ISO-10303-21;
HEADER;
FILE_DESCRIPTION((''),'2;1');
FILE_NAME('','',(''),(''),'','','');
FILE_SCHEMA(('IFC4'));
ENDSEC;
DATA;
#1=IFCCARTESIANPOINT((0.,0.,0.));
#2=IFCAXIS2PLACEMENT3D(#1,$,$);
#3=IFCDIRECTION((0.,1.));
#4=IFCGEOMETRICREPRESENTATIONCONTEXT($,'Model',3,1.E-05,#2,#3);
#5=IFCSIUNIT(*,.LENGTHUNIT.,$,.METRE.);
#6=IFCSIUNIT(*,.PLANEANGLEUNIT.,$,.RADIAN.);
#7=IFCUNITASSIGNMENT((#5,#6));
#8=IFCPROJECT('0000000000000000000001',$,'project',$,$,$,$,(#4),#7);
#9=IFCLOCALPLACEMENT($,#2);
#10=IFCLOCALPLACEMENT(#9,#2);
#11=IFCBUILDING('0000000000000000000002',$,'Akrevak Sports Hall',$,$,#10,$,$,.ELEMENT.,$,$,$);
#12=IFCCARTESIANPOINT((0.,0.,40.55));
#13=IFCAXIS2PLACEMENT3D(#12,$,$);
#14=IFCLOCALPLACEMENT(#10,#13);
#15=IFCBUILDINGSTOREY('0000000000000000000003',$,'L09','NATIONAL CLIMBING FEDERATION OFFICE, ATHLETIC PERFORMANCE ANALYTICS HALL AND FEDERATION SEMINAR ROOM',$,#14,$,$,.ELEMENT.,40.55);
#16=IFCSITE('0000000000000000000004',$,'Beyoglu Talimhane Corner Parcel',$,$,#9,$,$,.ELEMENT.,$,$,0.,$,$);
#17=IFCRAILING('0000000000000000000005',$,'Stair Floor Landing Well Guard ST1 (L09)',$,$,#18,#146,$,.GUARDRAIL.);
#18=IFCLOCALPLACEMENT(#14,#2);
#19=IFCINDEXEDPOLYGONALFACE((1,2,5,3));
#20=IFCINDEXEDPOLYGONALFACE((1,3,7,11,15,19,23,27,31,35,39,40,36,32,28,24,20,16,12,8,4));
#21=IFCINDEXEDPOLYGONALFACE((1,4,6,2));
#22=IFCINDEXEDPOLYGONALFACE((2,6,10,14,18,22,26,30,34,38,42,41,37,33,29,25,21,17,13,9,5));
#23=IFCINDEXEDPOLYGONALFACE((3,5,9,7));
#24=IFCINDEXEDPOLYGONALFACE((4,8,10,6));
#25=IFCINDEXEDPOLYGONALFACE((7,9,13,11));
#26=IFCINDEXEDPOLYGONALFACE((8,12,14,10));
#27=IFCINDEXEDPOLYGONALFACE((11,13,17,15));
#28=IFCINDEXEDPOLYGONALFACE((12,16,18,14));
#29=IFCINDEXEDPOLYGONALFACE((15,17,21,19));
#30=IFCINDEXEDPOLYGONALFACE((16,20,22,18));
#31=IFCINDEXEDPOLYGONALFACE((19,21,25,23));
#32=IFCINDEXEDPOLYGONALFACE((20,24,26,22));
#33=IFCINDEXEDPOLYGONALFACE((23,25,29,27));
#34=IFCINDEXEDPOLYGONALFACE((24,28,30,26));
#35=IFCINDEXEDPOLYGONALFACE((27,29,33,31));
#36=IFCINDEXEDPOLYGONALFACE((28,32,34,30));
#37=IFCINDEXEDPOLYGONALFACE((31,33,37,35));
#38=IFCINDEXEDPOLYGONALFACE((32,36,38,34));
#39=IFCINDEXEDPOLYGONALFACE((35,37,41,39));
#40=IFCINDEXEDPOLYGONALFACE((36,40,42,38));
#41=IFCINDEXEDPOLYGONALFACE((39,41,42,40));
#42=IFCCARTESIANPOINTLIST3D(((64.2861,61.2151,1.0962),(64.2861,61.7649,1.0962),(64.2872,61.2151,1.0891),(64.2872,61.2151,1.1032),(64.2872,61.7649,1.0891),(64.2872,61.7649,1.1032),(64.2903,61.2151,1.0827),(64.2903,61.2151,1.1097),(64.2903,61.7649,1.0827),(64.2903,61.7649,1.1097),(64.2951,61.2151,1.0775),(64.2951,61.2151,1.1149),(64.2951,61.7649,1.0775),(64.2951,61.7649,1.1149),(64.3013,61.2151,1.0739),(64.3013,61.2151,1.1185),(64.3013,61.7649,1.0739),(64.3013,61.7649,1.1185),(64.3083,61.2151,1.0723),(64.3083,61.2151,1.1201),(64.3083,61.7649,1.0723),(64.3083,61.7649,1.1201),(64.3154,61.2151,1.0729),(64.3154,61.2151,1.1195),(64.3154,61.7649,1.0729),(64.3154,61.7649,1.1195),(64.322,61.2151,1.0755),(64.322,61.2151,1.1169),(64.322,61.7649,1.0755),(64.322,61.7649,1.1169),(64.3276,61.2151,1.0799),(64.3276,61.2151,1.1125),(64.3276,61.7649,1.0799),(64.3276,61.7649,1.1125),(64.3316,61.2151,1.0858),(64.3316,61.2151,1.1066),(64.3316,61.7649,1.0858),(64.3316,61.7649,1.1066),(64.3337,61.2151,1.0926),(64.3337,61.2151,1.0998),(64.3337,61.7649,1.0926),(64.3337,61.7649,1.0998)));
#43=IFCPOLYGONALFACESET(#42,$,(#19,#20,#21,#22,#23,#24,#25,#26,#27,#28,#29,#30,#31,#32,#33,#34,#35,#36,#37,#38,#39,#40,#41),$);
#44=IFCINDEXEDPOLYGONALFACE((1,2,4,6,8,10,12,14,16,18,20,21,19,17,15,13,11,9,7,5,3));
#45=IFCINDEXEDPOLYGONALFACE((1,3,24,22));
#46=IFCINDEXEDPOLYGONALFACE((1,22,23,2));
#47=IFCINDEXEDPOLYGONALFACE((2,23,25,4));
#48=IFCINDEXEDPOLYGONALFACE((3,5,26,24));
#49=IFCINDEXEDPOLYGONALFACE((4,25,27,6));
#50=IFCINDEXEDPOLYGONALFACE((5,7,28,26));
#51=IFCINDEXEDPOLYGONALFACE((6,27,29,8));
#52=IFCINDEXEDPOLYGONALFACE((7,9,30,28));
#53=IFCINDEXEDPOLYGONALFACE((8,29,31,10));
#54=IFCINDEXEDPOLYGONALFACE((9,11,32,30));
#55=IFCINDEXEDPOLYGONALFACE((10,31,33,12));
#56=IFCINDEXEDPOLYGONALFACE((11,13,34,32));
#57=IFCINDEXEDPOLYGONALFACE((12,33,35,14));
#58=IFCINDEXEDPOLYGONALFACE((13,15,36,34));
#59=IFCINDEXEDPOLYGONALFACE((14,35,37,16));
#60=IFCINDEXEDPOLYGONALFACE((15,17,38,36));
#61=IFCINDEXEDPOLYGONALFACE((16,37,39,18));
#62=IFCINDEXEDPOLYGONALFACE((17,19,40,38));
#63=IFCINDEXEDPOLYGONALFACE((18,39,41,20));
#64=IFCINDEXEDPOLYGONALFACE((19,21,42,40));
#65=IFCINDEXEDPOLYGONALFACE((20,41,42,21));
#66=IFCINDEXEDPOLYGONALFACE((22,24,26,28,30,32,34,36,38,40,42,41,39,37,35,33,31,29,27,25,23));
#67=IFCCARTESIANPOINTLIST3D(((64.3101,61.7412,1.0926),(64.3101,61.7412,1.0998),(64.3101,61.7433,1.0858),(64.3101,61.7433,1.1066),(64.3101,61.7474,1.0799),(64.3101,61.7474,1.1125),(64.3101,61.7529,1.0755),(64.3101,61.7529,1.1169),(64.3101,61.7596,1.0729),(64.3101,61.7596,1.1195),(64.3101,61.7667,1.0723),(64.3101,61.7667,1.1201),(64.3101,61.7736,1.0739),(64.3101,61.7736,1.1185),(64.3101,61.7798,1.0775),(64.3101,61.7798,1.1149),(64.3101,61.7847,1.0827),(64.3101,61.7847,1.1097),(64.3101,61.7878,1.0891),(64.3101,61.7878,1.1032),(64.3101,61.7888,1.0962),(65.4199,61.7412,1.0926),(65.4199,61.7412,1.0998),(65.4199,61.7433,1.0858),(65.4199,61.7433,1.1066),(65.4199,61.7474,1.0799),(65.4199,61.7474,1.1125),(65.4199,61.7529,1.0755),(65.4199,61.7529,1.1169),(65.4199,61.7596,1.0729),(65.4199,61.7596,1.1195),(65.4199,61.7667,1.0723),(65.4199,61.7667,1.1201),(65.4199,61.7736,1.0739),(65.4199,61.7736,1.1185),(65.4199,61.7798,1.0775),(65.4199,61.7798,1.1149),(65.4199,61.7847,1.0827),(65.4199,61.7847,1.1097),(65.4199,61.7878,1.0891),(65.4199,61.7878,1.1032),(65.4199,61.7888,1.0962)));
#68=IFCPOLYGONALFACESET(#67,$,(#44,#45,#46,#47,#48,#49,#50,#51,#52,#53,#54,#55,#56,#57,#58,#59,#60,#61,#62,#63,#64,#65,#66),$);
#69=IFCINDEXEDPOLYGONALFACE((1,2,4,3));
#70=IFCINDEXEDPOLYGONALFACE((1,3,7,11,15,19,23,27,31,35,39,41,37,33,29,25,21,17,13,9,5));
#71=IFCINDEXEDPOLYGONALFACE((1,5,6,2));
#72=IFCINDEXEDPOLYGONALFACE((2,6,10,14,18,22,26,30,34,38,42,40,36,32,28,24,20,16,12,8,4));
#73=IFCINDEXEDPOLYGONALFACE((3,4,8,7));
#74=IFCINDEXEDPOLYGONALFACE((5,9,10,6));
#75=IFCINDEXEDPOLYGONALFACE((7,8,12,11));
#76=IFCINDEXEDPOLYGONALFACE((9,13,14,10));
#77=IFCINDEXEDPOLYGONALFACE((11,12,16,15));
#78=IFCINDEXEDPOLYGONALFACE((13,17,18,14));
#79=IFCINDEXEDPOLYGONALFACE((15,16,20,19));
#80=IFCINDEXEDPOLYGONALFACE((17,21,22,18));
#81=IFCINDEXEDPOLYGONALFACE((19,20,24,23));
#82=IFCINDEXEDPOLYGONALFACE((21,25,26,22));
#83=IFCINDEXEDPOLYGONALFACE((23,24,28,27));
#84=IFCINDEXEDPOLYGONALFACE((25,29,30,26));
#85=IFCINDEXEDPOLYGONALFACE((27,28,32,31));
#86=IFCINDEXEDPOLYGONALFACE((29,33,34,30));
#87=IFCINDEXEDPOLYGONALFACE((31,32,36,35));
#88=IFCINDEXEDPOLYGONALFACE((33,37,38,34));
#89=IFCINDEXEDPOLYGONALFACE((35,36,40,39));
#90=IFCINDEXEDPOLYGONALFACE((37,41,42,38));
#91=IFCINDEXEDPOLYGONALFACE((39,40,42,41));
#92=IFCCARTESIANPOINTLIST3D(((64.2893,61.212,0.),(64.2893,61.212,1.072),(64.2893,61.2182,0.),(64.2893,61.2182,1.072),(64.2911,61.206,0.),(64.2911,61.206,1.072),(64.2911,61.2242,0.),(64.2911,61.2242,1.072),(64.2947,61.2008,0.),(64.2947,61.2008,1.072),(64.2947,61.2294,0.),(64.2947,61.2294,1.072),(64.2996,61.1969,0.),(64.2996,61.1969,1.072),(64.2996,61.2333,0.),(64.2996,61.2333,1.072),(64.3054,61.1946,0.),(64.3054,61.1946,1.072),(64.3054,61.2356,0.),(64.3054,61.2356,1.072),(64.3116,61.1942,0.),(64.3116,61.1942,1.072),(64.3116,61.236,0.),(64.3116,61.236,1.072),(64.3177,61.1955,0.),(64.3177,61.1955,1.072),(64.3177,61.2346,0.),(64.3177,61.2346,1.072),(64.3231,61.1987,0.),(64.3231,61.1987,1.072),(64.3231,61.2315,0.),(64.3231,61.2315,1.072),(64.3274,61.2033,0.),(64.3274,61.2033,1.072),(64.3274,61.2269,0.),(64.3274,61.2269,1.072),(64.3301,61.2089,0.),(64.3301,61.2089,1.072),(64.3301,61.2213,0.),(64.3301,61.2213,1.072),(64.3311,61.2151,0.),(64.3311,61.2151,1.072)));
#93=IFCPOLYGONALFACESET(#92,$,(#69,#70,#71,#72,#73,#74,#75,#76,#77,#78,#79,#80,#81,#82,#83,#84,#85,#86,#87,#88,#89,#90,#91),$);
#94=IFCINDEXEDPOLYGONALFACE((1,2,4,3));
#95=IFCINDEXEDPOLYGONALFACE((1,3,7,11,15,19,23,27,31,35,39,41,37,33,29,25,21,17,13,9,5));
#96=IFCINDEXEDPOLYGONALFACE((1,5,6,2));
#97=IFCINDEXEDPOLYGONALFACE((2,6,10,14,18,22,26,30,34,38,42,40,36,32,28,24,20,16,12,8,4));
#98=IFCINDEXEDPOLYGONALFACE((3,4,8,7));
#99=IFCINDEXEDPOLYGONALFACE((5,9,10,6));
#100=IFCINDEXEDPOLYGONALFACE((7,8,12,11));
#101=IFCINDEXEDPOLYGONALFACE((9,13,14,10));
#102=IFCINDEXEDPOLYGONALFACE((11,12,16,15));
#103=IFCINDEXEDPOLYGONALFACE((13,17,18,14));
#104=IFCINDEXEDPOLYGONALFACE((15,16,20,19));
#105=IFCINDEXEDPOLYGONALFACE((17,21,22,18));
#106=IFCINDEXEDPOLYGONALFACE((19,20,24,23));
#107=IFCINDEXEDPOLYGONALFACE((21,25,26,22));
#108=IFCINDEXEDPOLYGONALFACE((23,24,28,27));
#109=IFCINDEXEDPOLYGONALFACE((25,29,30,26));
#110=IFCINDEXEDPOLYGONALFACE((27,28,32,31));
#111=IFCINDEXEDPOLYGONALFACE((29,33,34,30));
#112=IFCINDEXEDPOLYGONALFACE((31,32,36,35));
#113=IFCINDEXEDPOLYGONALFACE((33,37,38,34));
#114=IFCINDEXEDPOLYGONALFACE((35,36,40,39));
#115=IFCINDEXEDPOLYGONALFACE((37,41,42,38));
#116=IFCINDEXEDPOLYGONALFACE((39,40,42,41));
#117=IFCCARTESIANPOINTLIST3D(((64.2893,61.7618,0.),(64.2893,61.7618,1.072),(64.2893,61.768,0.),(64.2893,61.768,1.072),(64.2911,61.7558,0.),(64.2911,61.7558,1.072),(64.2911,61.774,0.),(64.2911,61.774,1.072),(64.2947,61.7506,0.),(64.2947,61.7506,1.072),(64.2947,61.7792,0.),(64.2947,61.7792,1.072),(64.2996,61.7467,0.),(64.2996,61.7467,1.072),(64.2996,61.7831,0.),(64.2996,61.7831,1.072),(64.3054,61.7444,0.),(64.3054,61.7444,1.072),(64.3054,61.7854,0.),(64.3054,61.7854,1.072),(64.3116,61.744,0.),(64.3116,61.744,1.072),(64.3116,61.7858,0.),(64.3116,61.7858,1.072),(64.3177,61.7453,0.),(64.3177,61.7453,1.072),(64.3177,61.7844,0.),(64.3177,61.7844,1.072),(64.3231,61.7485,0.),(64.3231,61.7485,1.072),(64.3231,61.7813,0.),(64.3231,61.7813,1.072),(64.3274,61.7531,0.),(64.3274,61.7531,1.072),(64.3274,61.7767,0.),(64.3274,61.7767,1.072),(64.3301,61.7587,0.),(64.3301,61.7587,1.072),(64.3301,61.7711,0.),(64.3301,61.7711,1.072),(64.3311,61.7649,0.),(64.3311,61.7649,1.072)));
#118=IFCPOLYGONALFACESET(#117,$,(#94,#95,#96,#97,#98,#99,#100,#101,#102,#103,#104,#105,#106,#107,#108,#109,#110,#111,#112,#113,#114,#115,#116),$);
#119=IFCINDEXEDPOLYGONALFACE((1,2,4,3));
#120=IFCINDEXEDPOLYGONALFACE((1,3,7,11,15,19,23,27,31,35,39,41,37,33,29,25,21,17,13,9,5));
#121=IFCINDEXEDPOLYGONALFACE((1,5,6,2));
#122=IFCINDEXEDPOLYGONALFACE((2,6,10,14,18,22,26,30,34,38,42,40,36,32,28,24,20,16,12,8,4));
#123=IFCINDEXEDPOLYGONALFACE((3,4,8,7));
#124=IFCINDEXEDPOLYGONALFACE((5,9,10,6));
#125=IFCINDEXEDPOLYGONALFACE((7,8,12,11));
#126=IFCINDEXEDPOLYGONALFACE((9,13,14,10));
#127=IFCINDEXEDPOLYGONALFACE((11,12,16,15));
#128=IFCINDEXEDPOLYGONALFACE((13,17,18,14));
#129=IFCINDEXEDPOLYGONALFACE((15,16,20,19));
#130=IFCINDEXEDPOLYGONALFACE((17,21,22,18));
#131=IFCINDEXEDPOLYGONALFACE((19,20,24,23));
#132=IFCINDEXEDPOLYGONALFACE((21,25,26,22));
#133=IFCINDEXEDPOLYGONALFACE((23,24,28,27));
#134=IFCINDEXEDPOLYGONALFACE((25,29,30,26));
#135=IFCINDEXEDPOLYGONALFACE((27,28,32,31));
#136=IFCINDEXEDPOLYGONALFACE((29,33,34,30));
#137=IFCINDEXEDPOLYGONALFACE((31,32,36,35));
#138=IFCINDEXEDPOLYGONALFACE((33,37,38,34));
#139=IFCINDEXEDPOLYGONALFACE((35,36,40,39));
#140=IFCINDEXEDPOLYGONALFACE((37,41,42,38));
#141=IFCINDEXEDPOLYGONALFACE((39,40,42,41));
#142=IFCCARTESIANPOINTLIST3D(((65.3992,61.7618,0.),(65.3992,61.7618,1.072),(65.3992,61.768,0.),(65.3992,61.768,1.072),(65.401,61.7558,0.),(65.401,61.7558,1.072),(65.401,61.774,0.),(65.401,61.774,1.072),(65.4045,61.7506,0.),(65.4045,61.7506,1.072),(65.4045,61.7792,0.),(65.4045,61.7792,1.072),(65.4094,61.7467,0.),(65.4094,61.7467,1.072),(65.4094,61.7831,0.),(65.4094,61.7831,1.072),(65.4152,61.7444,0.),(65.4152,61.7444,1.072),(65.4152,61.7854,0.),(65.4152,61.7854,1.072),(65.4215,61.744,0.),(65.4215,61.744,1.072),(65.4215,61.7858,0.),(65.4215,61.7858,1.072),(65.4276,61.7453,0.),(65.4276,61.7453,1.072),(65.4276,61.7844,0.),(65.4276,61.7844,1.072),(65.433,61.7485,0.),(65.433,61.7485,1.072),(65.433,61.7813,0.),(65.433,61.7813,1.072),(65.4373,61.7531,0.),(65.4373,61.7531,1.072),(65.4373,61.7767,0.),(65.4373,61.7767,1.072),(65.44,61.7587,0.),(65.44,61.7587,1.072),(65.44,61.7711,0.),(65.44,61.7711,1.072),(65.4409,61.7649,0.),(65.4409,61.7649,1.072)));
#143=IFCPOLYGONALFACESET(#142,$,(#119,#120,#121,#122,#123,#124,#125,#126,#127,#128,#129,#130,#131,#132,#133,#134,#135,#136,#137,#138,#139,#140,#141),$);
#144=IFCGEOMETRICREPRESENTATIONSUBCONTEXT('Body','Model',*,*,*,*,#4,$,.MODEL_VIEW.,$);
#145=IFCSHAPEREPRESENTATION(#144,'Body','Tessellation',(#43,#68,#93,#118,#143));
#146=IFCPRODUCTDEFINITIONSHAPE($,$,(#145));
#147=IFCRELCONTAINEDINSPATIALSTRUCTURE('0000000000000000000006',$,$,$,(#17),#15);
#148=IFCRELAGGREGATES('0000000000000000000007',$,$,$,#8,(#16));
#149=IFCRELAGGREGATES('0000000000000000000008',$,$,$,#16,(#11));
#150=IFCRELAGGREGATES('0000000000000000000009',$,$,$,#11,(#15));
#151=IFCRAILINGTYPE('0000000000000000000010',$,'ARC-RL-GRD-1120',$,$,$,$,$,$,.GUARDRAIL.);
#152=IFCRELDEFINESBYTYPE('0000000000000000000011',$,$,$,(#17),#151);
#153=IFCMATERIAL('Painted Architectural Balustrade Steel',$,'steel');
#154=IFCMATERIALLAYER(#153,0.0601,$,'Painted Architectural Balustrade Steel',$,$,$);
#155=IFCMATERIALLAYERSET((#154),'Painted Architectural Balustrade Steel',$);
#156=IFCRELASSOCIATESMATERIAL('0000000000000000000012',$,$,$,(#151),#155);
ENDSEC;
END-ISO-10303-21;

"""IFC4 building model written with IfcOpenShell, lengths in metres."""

from ifc_helpers import new_model, si_unit, direction, frame, origin, origin_2d, place, context, subcontext, project, spatial, circle, extrude, material, layer, layer_set, type_object, element, save


model = new_model("IFC4")

# Units and contexts
model_context = context("Model", 3, precision=1e-05, world=origin(), true_north=direction((0.0, 1.0)))
body_context = subcontext(model_context, "Body", "Model", "MODEL_VIEW")
ifc_project = project(units=[si_unit("LENGTHUNIT", "METRE"), si_unit("PLANEANGLEUNIT", "RADIAN")], contexts=[model_context])

# Site, building, storey
site_placement = place(None, origin())
site = spatial("IfcSite", under=ifc_project, at=site_placement, Name="Beyoglu Talimhane Corner Parcel", CompositionType="ELEMENT", RefElevation=0.0)
building_placement = place(site_placement, origin())
building = spatial("IfcBuilding", under=site, at=building_placement, Name="Akrevak Sports Hall", CompositionType="ELEMENT")
storey_placement = place(building_placement, frame((0.0, 0.0, 40.55)))
storey = spatial("IfcBuildingStorey", under=building, at=storey_placement, Name="L09", Description="NATIONAL CLIMBING FEDERATION OFFICE, ATHLETIC PERFORMANCE ANALYTICS HALL AND FEDERATION SEMINAR ROOM", CompositionType="ELEMENT", Elevation=40.55)

# Railing
ifc_material_1 = material(Name="Painted Architectural Balustrade Steel", Category="steel")
ifc_layer_1 = layer(ifc_material_1, 0.0601, Name="Painted Architectural Balustrade Steel")
ifc_layer_set_1 = layer_set([ifc_layer_1], Name="Painted Architectural Balustrade Steel")
railing_type_1 = type_object("IfcRailingType", Name="ARC-RL-GRD-1120", PredefinedType="GUARDRAIL", material=ifc_layer_set_1)
railing_1_placement = place(storey_placement, frame((64.3101, 61.2151, 0.0)))
element("IfcRailing", 1, at=railing_1_placement, inside=storey, type_object=railing_type_1, Name="Stair Floor Landing Well Guard ST1 (L09)", PredefinedType="GUARDRAIL", context=body_context, shape_type="SweptSolid", body=[
    extrude(circle(Radius=0.0239, at=origin_2d()), frame((0.0, 0.0, 1.0962), z_axis=(0.0, 1.0, 0.0), x_axis=(-1.0, 0.0, 0.0)), (0.0, 0.0, 1.0), 0.5498),
    extrude(circle(Radius=0.0239, at=origin_2d()), frame((0.0, 0.5498, 1.0962), z_axis=(1.0, 0.0, 0.0), x_axis=(0.0, 1.0, 0.0)), (0.0, 0.0, 1.0), 1.1099),
    extrude(circle(Radius=0.021, at=origin_2d()), origin(), (0.0, 0.0, 1.0), 1.072),
    extrude(circle(Radius=0.021, at=origin_2d()), frame((0.0, 0.5498, 0.0)), (0.0, 0.0, 1.0), 1.072),
    extrude(circle(Radius=0.021, at=origin_2d()), frame((1.1099, 0.5498, 0.0)), (0.0, 0.0, 1.0), 1.072),
])

save(model, "model.ifc")
